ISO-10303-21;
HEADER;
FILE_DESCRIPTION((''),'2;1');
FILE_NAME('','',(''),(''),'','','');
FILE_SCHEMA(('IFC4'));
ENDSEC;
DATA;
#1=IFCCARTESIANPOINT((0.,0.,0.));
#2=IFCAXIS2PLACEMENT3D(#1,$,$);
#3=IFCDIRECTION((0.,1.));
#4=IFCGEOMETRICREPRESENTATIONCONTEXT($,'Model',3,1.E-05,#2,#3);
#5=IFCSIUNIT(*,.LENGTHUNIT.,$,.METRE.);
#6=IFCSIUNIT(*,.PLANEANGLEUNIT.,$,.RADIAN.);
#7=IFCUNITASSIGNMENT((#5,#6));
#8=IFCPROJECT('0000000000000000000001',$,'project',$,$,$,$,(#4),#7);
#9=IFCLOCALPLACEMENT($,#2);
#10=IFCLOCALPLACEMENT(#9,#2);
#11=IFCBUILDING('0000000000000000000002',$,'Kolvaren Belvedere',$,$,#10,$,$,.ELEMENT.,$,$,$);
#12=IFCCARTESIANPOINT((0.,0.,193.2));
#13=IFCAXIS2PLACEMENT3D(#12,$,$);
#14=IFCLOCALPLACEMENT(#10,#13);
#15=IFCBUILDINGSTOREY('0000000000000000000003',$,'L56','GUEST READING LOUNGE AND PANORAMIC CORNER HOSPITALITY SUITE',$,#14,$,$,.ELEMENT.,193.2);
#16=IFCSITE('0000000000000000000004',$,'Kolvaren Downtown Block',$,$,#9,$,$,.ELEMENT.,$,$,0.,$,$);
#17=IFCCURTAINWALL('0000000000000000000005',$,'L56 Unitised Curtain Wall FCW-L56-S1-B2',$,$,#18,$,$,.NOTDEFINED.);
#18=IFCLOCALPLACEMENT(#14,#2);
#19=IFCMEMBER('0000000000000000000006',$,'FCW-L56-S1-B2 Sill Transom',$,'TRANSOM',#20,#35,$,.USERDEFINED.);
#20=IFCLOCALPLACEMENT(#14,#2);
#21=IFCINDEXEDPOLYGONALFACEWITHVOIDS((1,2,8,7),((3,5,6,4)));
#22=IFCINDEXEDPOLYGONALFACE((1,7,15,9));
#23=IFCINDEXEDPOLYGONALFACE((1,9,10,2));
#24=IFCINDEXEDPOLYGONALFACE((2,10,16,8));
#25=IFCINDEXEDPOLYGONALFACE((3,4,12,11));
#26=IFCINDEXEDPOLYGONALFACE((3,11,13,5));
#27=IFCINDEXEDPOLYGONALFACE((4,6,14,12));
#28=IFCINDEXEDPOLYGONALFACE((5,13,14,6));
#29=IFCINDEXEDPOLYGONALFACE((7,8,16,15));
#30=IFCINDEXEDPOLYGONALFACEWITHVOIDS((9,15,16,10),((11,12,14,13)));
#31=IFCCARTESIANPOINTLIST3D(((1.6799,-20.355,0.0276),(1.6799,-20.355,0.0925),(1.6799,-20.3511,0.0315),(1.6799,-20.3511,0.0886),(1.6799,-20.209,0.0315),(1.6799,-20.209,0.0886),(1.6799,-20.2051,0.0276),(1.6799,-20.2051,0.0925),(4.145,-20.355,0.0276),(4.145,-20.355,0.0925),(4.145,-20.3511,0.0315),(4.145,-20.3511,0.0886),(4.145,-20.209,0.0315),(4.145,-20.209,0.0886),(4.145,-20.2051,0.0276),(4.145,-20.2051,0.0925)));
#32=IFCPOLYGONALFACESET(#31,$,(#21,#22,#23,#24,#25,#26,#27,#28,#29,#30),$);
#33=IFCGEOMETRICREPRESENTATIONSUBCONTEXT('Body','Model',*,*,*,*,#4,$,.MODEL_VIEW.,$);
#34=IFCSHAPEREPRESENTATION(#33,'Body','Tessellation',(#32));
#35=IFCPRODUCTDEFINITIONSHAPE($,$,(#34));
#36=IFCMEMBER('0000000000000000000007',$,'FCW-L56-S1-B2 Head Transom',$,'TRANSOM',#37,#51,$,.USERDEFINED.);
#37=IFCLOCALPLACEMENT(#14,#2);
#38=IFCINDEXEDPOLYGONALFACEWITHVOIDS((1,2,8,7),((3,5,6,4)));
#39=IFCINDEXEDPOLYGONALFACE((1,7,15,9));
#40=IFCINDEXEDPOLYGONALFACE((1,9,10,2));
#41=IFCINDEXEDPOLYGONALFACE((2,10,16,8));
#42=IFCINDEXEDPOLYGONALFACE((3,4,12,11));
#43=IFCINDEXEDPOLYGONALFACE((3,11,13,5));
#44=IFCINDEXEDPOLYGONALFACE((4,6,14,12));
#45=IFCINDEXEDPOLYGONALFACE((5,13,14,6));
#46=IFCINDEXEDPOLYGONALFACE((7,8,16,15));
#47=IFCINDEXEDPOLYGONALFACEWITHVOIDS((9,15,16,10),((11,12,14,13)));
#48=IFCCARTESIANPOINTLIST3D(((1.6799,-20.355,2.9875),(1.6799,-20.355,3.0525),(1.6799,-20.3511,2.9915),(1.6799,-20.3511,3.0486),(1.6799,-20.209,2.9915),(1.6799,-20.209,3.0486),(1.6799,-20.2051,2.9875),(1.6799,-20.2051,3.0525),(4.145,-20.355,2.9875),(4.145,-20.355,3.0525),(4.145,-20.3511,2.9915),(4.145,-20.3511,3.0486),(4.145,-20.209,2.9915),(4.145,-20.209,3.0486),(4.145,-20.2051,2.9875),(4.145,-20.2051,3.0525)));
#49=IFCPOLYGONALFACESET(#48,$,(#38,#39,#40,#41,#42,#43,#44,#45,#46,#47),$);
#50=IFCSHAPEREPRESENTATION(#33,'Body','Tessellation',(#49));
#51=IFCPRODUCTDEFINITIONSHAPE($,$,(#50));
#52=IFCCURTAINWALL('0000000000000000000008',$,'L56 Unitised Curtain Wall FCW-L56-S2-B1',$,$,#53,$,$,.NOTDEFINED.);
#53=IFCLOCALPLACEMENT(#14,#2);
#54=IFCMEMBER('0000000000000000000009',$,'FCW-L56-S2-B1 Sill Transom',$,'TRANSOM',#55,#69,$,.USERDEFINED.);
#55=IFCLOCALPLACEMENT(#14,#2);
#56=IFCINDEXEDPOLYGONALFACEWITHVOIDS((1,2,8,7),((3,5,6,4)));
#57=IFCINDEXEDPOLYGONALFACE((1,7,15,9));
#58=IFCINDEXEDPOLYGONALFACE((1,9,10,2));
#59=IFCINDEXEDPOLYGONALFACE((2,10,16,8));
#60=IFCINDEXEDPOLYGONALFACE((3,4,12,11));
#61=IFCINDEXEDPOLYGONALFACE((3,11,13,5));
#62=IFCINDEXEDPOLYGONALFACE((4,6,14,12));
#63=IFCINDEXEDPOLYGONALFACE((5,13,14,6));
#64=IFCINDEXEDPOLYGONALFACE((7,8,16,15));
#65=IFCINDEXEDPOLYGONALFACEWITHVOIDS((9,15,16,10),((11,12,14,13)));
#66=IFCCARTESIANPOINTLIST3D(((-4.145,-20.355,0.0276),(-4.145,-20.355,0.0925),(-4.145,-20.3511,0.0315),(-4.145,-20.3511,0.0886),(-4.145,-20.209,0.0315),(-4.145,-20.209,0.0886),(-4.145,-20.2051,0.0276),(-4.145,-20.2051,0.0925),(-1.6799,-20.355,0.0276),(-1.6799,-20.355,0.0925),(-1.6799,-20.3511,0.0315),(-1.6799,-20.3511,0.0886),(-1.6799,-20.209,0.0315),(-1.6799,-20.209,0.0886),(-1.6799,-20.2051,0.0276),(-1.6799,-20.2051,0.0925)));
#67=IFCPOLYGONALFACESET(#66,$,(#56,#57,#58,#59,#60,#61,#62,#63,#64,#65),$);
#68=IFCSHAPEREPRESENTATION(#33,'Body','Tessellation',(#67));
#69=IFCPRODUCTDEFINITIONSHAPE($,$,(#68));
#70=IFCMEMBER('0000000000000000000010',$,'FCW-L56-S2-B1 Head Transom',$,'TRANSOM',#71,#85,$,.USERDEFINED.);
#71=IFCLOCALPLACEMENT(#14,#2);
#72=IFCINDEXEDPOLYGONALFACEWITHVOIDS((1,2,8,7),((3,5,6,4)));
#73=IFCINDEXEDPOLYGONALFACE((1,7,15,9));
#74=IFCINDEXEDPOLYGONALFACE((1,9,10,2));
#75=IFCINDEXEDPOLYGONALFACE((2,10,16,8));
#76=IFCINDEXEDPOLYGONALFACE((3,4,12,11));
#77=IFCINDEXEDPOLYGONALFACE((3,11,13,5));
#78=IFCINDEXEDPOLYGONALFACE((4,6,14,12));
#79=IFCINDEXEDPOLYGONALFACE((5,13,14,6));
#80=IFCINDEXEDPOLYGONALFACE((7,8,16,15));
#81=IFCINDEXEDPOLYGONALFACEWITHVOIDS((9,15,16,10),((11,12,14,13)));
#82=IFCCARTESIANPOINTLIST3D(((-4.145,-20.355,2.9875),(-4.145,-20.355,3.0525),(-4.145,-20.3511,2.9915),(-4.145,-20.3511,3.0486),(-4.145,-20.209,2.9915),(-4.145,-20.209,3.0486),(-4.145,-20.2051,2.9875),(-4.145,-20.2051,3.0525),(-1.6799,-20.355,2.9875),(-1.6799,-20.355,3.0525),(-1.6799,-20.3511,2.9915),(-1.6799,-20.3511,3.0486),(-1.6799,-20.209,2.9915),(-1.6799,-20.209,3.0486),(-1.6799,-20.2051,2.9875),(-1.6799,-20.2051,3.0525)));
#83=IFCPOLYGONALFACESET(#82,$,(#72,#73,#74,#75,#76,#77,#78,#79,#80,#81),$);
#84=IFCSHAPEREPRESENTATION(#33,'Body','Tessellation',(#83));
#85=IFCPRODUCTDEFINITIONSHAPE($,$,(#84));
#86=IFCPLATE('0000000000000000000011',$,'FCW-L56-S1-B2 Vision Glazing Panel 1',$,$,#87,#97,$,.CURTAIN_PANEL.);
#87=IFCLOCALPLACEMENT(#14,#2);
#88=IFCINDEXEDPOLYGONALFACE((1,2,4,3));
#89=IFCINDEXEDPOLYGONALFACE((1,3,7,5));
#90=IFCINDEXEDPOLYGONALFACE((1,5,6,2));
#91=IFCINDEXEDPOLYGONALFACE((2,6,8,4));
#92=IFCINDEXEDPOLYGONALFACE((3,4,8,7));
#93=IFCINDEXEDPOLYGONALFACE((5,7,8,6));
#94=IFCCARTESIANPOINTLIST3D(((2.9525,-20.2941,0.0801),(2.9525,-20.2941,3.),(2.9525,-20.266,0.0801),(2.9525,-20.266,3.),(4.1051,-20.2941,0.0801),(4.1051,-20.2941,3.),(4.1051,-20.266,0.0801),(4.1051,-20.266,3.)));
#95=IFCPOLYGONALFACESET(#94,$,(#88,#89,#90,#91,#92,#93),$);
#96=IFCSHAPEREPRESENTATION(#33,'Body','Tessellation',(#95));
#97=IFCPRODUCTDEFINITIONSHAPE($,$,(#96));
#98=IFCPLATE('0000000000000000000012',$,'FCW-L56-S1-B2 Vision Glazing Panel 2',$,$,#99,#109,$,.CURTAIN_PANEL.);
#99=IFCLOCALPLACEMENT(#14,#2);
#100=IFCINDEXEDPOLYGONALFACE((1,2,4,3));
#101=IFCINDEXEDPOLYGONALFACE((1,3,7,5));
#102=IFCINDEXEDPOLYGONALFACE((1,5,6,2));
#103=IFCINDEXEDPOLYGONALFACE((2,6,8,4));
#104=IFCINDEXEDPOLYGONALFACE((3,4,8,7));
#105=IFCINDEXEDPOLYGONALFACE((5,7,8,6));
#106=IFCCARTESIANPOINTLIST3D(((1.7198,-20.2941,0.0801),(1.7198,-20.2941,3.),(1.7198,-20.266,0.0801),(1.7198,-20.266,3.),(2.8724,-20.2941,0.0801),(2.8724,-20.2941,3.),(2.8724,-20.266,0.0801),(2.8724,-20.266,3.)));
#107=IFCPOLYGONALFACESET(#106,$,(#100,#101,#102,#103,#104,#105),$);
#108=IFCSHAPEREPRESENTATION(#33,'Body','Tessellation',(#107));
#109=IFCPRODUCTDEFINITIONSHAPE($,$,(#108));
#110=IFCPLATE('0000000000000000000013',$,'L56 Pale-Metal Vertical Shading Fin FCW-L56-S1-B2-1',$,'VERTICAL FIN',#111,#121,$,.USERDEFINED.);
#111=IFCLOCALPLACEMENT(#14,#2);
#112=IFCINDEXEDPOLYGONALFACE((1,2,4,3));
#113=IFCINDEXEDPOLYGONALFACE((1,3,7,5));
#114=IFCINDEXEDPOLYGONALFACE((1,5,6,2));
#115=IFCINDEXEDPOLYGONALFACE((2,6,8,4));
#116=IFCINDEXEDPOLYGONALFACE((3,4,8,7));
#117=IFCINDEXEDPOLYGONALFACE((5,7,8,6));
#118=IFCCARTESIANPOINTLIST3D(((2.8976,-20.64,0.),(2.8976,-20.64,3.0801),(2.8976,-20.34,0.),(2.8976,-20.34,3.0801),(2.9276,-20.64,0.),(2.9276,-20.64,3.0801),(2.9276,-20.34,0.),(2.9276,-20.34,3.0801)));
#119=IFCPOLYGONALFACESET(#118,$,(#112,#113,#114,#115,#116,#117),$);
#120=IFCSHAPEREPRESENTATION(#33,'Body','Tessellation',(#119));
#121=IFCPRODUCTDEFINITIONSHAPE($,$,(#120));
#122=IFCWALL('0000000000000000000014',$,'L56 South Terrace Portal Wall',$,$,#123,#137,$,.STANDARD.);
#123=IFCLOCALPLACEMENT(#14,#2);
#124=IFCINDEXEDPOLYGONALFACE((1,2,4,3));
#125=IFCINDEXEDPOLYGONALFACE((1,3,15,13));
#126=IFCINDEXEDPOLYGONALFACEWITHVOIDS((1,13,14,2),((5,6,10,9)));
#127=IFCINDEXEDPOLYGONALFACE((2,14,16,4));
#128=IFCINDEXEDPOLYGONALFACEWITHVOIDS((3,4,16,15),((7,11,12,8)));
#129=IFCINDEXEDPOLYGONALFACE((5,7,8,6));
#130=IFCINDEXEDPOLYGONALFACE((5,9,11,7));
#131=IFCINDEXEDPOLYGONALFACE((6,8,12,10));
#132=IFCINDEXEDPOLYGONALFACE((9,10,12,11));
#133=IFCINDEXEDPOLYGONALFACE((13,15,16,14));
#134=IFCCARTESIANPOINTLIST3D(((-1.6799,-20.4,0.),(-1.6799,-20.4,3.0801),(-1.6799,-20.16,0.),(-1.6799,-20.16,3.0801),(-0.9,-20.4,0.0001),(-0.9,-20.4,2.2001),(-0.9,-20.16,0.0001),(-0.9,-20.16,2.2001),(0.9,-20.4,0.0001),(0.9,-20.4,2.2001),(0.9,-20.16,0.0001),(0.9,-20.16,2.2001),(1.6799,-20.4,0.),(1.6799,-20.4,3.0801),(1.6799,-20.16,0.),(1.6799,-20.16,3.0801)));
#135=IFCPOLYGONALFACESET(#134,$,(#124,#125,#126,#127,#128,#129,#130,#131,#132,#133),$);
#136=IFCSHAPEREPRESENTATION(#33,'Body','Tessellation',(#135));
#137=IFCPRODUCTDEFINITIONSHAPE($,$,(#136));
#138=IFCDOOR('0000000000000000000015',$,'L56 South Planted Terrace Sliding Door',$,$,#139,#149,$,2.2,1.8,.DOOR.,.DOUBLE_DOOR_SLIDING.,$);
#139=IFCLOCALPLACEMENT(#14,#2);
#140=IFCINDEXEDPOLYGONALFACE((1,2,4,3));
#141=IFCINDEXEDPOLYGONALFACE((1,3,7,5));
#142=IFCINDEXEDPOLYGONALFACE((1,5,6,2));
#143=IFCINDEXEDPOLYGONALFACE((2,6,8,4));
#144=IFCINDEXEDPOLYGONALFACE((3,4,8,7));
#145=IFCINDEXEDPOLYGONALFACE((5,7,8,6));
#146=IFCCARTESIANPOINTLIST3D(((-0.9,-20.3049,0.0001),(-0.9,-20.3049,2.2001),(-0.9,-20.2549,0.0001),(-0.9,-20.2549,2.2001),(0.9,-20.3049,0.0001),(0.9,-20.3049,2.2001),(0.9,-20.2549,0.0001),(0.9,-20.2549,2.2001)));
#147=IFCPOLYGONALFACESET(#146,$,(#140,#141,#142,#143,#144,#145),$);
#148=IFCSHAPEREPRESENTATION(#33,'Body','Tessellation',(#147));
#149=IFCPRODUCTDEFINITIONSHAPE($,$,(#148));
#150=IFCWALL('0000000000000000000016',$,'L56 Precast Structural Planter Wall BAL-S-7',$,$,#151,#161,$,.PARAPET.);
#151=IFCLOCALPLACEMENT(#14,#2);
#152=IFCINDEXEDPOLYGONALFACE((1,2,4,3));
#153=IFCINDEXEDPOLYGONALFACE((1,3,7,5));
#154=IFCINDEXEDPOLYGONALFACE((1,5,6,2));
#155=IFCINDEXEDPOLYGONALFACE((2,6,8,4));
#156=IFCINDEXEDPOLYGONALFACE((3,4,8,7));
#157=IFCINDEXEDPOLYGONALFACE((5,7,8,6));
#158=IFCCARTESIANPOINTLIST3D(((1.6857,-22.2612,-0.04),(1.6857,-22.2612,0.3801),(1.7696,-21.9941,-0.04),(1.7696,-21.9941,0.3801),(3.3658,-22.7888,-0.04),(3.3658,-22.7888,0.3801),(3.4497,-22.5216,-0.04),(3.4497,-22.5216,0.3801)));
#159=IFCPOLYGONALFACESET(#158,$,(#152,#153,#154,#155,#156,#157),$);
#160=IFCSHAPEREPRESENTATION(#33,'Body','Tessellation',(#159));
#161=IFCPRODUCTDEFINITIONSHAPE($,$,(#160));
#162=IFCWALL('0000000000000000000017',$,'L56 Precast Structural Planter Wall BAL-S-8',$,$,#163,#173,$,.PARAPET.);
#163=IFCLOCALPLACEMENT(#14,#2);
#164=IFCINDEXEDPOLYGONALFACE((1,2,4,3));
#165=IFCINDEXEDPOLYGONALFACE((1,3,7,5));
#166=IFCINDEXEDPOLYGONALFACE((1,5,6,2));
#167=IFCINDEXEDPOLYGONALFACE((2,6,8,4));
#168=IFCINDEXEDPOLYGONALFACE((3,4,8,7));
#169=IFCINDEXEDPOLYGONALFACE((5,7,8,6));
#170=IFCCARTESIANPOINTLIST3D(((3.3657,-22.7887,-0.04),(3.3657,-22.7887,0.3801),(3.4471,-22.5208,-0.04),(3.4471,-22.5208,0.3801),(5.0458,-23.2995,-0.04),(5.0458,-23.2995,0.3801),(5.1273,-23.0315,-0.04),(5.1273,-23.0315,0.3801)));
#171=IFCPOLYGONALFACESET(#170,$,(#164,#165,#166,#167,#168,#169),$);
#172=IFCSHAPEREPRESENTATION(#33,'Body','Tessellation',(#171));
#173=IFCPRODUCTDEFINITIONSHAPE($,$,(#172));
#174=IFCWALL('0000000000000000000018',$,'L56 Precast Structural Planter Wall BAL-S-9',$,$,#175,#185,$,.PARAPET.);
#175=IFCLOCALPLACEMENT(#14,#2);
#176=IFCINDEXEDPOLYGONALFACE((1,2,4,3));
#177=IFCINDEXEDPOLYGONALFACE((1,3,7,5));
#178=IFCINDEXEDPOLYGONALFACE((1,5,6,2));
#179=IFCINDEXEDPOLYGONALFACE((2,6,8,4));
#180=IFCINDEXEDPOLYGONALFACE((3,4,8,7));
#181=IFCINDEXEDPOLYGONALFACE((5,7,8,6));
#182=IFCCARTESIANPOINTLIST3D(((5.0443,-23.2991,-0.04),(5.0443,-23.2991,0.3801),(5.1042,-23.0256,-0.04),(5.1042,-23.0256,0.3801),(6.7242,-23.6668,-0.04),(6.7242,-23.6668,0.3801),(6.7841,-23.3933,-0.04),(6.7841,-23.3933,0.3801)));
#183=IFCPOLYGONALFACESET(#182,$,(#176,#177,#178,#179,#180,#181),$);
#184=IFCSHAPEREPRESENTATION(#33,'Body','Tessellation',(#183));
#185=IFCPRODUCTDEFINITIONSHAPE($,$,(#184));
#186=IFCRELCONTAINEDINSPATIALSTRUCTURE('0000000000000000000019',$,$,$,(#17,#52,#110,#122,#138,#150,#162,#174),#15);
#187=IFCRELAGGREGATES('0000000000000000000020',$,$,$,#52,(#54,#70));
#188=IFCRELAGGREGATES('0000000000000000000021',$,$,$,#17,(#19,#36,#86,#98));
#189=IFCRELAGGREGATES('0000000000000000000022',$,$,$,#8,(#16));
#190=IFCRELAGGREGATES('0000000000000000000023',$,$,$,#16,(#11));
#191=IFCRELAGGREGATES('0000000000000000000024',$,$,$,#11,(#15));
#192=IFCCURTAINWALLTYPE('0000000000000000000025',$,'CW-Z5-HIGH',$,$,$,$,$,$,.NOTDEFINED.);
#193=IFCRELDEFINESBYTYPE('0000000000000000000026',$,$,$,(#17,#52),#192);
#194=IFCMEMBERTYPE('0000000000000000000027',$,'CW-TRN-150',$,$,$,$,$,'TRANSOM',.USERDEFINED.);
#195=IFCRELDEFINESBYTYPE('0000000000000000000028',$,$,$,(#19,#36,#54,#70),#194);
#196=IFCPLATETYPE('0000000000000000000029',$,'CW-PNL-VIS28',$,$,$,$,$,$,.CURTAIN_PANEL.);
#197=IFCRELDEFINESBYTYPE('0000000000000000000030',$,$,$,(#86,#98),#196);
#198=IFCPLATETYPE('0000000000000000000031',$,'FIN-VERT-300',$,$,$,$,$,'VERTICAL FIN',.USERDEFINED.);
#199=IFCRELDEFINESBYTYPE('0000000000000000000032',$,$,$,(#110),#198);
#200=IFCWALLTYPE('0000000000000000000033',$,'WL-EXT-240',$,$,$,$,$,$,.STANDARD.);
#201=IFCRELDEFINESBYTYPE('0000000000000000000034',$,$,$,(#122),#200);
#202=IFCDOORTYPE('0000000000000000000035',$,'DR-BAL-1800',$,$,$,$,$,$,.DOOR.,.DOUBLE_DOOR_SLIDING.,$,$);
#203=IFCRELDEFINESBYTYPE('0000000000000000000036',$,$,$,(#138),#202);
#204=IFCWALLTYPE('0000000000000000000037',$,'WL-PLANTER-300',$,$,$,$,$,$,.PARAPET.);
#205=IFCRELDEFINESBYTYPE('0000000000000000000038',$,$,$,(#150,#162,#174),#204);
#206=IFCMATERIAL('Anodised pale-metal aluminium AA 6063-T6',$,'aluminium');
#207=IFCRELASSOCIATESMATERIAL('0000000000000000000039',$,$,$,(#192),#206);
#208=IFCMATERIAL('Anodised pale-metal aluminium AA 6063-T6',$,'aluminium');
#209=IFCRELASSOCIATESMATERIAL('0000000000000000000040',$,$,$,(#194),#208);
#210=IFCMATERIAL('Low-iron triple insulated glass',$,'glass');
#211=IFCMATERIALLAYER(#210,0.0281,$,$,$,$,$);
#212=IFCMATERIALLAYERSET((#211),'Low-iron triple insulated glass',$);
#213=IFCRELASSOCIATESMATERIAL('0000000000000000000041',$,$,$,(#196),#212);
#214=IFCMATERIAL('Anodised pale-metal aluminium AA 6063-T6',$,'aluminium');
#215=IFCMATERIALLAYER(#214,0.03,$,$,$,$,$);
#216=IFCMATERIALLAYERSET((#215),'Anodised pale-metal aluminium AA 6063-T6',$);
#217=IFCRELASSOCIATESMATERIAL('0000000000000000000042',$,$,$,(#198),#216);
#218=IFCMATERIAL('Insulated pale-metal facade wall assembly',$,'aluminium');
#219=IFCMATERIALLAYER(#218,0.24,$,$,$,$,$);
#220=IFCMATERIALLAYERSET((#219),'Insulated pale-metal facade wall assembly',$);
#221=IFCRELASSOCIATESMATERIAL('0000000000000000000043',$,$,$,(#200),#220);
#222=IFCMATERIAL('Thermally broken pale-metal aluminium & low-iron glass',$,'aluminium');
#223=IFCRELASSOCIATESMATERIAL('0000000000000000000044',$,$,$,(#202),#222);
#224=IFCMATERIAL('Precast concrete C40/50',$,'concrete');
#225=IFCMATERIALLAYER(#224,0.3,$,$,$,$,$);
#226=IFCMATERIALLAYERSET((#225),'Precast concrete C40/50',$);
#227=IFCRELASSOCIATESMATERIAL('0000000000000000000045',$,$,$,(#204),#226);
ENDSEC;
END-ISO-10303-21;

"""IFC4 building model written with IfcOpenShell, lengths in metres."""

from ifc_helpers import new_model, si_unit, direction, frame, frame_2d, origin, origin_2d, place, context, subcontext, project, spatial, rectangle, hollow_rectangle, extrude, material, layer, layer_set, material_profile, profile_set, type_object, element, fill, aggregate, save


model = new_model("IFC4")

# Units and contexts
model_context = context("Model", 3, precision=1e-05, world=origin(), true_north=direction((0.0, 1.0)))
body_context = subcontext(model_context, "Body", "Model", "MODEL_VIEW")
ifc_project = project(units=[si_unit("LENGTHUNIT", "METRE"), si_unit("PLANEANGLEUNIT", "RADIAN")], contexts=[model_context])

# Site, building, storey
site_placement = place(None, origin())
site = spatial("IfcSite", under=ifc_project, at=site_placement, Name="Kolvaren Downtown Block", CompositionType="ELEMENT", RefElevation=0.0)
building_placement = place(site_placement, origin())
building = spatial("IfcBuilding", under=site, at=building_placement, Name="Kolvaren Belvedere", CompositionType="ELEMENT")
storey_placement = place(building_placement, frame((0.0, 0.0, 193.2)))
storey = spatial("IfcBuildingStorey", under=building, at=storey_placement, Name="L56", Description="GUEST READING LOUNGE AND PANORAMIC CORNER HOSPITALITY SUITE", CompositionType="ELEMENT", Elevation=193.2)

# Shared definitions
ifc_material_1 = material(Name="Anodised pale-metal aluminium AA 6063-T6", Category="aluminium")
curtain_wall_type = type_object("IfcCurtainWallType", Name="CW-Z5-HIGH", PredefinedType="NOTDEFINED", material=ifc_material_1)

# Curtain walls, members
curtain_wall_1_placement = place(storey_placement, origin())
curtain_wall_1 = element("IfcCurtainWall", 1, at=curtain_wall_1_placement, inside=storey, type_object=curtain_wall_type, Name="L56 Unitised Curtain Wall FCW-L56-S1-B2", PredefinedType="NOTDEFINED")
ifc_material_2 = material(Name="Anodised pale-metal aluminium AA 6063-T6", Category="aluminium")
ifc_material_profile_1 = material_profile(ifc_material_2, hollow_rectangle(XDim=0.0649, YDim=0.1499, WallThickness=0.0039, at=origin_2d()), Name="ALU-TRN-150X65")
ifc_profile_set_1 = profile_set([ifc_material_profile_1], Name="Anodised pale-metal aluminium AA 6063-T6")
member_type_1 = type_object("IfcMemberType", Name="CW-TRN-150", ElementType="TRANSOM", PredefinedType="USERDEFINED", material=ifc_profile_set_1)
member_1_placement = place(storey_placement, frame((4.145, -20.28, 0.0601), z_axis=(-1.0, 0.0, 0.0), x_axis=(0.0, 0.0, 1.0)))
member_1 = element("IfcMember", 2, at=member_1_placement, type_object=member_type_1, Name="FCW-L56-S1-B2 Sill Transom", ObjectType="TRANSOM", PredefinedType="USERDEFINED", context=body_context, shape_type="SweptSolid", body=[
    extrude(hollow_rectangle(XDim=0.0649, YDim=0.1499, WallThickness=0.0039, at=origin_2d()), origin(), (0.0, 0.0, 1.0), 2.4651),
])
member_2_placement = place(storey_placement, frame((4.145, -20.28, 3.02), z_axis=(-1.0, 0.0, 0.0), x_axis=(0.0, 0.0, 1.0)))
member_2 = element("IfcMember", 3, at=member_2_placement, type_object=member_type_1, Name="FCW-L56-S1-B2 Head Transom", ObjectType="TRANSOM", PredefinedType="USERDEFINED", context=body_context, shape_type="SweptSolid", body=[
    extrude(hollow_rectangle(XDim=0.0649, YDim=0.1499, WallThickness=0.0039, at=origin_2d()), origin(), (0.0, 0.0, 1.0), 2.4651),
])
curtain_wall_2_placement = place(storey_placement, origin())
curtain_wall_2 = element("IfcCurtainWall", 4, at=curtain_wall_2_placement, inside=storey, type_object=curtain_wall_type, Name="L56 Unitised Curtain Wall FCW-L56-S2-B1", PredefinedType="NOTDEFINED")
member_3_placement = place(storey_placement, frame((-1.6799, -20.28, 0.0601), z_axis=(-1.0, 0.0, 0.0), x_axis=(0.0, 0.0, 1.0)))
member_3 = element("IfcMember", 5, at=member_3_placement, type_object=member_type_1, Name="FCW-L56-S2-B1 Sill Transom", ObjectType="TRANSOM", PredefinedType="USERDEFINED", context=body_context, shape_type="SweptSolid", body=[
    extrude(hollow_rectangle(XDim=0.0649, YDim=0.1499, WallThickness=0.0039, at=origin_2d()), origin(), (0.0, 0.0, 1.0), 2.4651),
])
member_4_placement = place(storey_placement, frame((-1.6799, -20.28, 3.02), z_axis=(-1.0, 0.0, 0.0), x_axis=(0.0, 0.0, 1.0)))
member_4 = element("IfcMember", 6, at=member_4_placement, type_object=member_type_1, Name="FCW-L56-S2-B1 Head Transom", ObjectType="TRANSOM", PredefinedType="USERDEFINED", context=body_context, shape_type="SweptSolid", body=[
    extrude(hollow_rectangle(XDim=0.0649, YDim=0.1499, WallThickness=0.0039, at=origin_2d()), origin(), (0.0, 0.0, 1.0), 2.4651),
])
aggregate(curtain_wall_2, [member_3, member_4])

# Plates
ifc_material_3 = material(Name="Low-iron triple insulated glass", Category="glass")
ifc_layer_1 = layer(ifc_material_3, 0.0281)
ifc_layer_set_1 = layer_set([ifc_layer_1], Name="Low-iron triple insulated glass")
plate_type_1 = type_object("IfcPlateType", Name="CW-PNL-VIS28", PredefinedType="CURTAIN_PANEL", material=ifc_layer_set_1)
plate_1_placement = place(storey_placement, frame((3.5288, -20.28, 0.0801), z_axis=(0.0, 0.0, 1.0), x_axis=(-1.0, 0.0, 0.0)))
plate_1 = element("IfcPlate", 7, at=plate_1_placement, type_object=plate_type_1, Name="FCW-L56-S1-B2 Vision Glazing Panel 1", PredefinedType="CURTAIN_PANEL", context=body_context, shape_type="SweptSolid", body=[
    extrude(rectangle(XDim=1.1526, YDim=0.0281, at=origin_2d()), origin(), (0.0, 0.0, 1.0), 2.9199),
])
plate_2_placement = place(storey_placement, frame((2.2961, -20.28, 0.0801), z_axis=(0.0, 0.0, 1.0), x_axis=(-1.0, 0.0, 0.0)))
plate_2 = element("IfcPlate", 8, at=plate_2_placement, type_object=plate_type_1, Name="FCW-L56-S1-B2 Vision Glazing Panel 2", PredefinedType="CURTAIN_PANEL", context=body_context, shape_type="SweptSolid", body=[
    extrude(rectangle(XDim=1.1526, YDim=0.0281, at=origin_2d()), origin(), (0.0, 0.0, 1.0), 2.9199),
])
aggregate(curtain_wall_1, [member_1, member_2, plate_1, plate_2])
ifc_material_4 = material(Name="Anodised pale-metal aluminium AA 6063-T6", Category="aluminium")
ifc_layer_2 = layer(ifc_material_4, 0.03)
ifc_layer_set_2 = layer_set([ifc_layer_2], Name="Anodised pale-metal aluminium AA 6063-T6")
plate_type_2 = type_object("IfcPlateType", Name="FIN-VERT-300", ElementType="VERTICAL FIN", PredefinedType="USERDEFINED", material=ifc_layer_set_2)
plate_3_placement = place(storey_placement, frame((2.9126, -20.49, 0.0), z_axis=(0.0, 0.0, 1.0), x_axis=(0.0, 1.0, 0.0)))
element("IfcPlate", 9, at=plate_3_placement, inside=storey, type_object=plate_type_2, Name="L56 Pale-Metal Vertical Shading Fin FCW-L56-S1-B2-1", ObjectType="VERTICAL FIN", PredefinedType="USERDEFINED", context=body_context, shape_type="SweptSolid", body=[
    extrude(rectangle(XDim=0.3, YDim=0.03, at=origin_2d()), origin(), (0.0, 0.0, 1.0), 3.0801),
])

# Wall, opening, door
ifc_material_5 = material(Name="Insulated pale-metal facade wall assembly", Category="aluminium")
ifc_layer_3 = layer(ifc_material_5, 0.24)
ifc_layer_set_3 = layer_set([ifc_layer_3], Name="Insulated pale-metal facade wall assembly")
wall_type_1 = type_object("IfcWallType", Name="WL-EXT-240", PredefinedType="STANDARD", material=ifc_layer_set_3)
wall_1_placement = place(storey_placement, frame((1.6799, -20.28, 0.0), z_axis=(0.0, 0.0, 1.0), x_axis=(-1.0, 0.0, 0.0)))
wall_1 = element("IfcWall", 10, at=wall_1_placement, inside=storey, type_object=wall_type_1, Name="L56 South Terrace Portal Wall", PredefinedType="STANDARD", context=body_context, shape_type="SweptSolid", body=[
    extrude(rectangle(XDim=3.3599, YDim=0.24, at=frame_2d((1.6799, 0.0))), origin(), (0.0, 0.0, 1.0), 3.0801),
])
opening_placement = place(wall_1_placement, frame((0.78, 0.0, 0.0)))
opening = element("IfcOpeningElement", 11, at=opening_placement, cuts=wall_1, PredefinedType="OPENING", context=body_context, shape_type="SweptSolid", body=[
    extrude(rectangle(XDim=1.8, YDim=2.2, at=frame_2d((0.8999, 1.1001))), frame((0.0, 0.1299, 0.0), z_axis=(0.0, -1.0, 0.0), x_axis=(1.0, 0.0, 0.0)), (0.0, 0.0, 1.0), 0.26),
])
ifc_material_6 = material(Name="Thermally broken pale-metal aluminium & low-iron glass", Category="aluminium")
door_type = type_object("IfcDoorType", Name="DR-BAL-1800", OperationType="DOUBLE_DOOR_SLIDING", PredefinedType="DOOR", material=ifc_material_6)
door_placement = place(opening_placement, origin())
door = element("IfcDoor", 12, at=door_placement, inside=storey, type_object=door_type, Name="L56 South Planted Terrace Sliding Door", OperationType="DOUBLE_DOOR_SLIDING", OverallHeight=2.2, OverallWidth=1.8, PredefinedType="DOOR", context=body_context, shape_type="SweptSolid", body=[
    extrude(rectangle(XDim=1.8, YDim=2.2, at=frame_2d((0.8999, 1.1001))), frame((0.0, 0.0249, 0.0), z_axis=(0.0, -1.0, 0.0), x_axis=(1.0, 0.0, 0.0)), (0.0, 0.0, 1.0), 0.05),
])
fill(opening, door)

# Walls
ifc_material_7 = material(Name="Precast concrete C40/50", Category="concrete")
ifc_layer_4 = layer(ifc_material_7, 0.3)
ifc_layer_set_4 = layer_set([ifc_layer_4], Name="Precast concrete C40/50")
wall_type_2 = type_object("IfcWallType", Name="WL-PLANTER-300", PredefinedType="PARAPET", material=ifc_layer_set_4)
wall_2_placement = place(storey_placement, frame((1.7278, -22.1277, -0.04), z_axis=(0.0, 0.0, 1.0), x_axis=(0.95407, -0.299585, 0.0)))
element("IfcWall", 13, at=wall_2_placement, inside=storey, type_object=wall_type_2, Name="L56 Precast Structural Planter Wall BAL-S-7", PredefinedType="PARAPET", context=body_context, shape_type="SweptSolid", body=[
    extrude(rectangle(XDim=1.761, YDim=0.28, at=frame_2d((0.8804, 0.0))), origin(), (0.0, 0.0, 1.0), 0.4202),
])
wall_3_placement = place(storey_placement, frame((3.4065, -22.6548, -0.04), z_axis=(0.0, 0.0, 1.0), x_axis=(0.956771, -0.290841, 0.0)))
element("IfcWall", 14, at=wall_3_placement, inside=storey, type_object=wall_type_2, Name="L56 Precast Structural Planter Wall BAL-S-8", PredefinedType="PARAPET", context=body_context, shape_type="SweptSolid", body=[
    extrude(rectangle(XDim=1.7561, YDim=0.28, at=frame_2d((0.8779, 0.0))), origin(), (0.0, 0.0, 1.0), 0.4202),
])
wall_4_placement = place(storey_placement, frame((5.0742, -23.1624, -0.04), z_axis=(0.0, 0.0, 1.0), x_axis=(0.976877, -0.213803, 0.0)))
element("IfcWall", 15, at=wall_4_placement, inside=storey, type_object=wall_type_2, Name="L56 Precast Structural Planter Wall BAL-S-9", PredefinedType="PARAPET", context=body_context, shape_type="SweptSolid", body=[
    extrude(rectangle(XDim=1.7197, YDim=0.28, at=frame_2d((0.8599, 0.0))), origin(), (0.0, 0.0, 1.0), 0.4202),
])

save(model, "model.ifc")
